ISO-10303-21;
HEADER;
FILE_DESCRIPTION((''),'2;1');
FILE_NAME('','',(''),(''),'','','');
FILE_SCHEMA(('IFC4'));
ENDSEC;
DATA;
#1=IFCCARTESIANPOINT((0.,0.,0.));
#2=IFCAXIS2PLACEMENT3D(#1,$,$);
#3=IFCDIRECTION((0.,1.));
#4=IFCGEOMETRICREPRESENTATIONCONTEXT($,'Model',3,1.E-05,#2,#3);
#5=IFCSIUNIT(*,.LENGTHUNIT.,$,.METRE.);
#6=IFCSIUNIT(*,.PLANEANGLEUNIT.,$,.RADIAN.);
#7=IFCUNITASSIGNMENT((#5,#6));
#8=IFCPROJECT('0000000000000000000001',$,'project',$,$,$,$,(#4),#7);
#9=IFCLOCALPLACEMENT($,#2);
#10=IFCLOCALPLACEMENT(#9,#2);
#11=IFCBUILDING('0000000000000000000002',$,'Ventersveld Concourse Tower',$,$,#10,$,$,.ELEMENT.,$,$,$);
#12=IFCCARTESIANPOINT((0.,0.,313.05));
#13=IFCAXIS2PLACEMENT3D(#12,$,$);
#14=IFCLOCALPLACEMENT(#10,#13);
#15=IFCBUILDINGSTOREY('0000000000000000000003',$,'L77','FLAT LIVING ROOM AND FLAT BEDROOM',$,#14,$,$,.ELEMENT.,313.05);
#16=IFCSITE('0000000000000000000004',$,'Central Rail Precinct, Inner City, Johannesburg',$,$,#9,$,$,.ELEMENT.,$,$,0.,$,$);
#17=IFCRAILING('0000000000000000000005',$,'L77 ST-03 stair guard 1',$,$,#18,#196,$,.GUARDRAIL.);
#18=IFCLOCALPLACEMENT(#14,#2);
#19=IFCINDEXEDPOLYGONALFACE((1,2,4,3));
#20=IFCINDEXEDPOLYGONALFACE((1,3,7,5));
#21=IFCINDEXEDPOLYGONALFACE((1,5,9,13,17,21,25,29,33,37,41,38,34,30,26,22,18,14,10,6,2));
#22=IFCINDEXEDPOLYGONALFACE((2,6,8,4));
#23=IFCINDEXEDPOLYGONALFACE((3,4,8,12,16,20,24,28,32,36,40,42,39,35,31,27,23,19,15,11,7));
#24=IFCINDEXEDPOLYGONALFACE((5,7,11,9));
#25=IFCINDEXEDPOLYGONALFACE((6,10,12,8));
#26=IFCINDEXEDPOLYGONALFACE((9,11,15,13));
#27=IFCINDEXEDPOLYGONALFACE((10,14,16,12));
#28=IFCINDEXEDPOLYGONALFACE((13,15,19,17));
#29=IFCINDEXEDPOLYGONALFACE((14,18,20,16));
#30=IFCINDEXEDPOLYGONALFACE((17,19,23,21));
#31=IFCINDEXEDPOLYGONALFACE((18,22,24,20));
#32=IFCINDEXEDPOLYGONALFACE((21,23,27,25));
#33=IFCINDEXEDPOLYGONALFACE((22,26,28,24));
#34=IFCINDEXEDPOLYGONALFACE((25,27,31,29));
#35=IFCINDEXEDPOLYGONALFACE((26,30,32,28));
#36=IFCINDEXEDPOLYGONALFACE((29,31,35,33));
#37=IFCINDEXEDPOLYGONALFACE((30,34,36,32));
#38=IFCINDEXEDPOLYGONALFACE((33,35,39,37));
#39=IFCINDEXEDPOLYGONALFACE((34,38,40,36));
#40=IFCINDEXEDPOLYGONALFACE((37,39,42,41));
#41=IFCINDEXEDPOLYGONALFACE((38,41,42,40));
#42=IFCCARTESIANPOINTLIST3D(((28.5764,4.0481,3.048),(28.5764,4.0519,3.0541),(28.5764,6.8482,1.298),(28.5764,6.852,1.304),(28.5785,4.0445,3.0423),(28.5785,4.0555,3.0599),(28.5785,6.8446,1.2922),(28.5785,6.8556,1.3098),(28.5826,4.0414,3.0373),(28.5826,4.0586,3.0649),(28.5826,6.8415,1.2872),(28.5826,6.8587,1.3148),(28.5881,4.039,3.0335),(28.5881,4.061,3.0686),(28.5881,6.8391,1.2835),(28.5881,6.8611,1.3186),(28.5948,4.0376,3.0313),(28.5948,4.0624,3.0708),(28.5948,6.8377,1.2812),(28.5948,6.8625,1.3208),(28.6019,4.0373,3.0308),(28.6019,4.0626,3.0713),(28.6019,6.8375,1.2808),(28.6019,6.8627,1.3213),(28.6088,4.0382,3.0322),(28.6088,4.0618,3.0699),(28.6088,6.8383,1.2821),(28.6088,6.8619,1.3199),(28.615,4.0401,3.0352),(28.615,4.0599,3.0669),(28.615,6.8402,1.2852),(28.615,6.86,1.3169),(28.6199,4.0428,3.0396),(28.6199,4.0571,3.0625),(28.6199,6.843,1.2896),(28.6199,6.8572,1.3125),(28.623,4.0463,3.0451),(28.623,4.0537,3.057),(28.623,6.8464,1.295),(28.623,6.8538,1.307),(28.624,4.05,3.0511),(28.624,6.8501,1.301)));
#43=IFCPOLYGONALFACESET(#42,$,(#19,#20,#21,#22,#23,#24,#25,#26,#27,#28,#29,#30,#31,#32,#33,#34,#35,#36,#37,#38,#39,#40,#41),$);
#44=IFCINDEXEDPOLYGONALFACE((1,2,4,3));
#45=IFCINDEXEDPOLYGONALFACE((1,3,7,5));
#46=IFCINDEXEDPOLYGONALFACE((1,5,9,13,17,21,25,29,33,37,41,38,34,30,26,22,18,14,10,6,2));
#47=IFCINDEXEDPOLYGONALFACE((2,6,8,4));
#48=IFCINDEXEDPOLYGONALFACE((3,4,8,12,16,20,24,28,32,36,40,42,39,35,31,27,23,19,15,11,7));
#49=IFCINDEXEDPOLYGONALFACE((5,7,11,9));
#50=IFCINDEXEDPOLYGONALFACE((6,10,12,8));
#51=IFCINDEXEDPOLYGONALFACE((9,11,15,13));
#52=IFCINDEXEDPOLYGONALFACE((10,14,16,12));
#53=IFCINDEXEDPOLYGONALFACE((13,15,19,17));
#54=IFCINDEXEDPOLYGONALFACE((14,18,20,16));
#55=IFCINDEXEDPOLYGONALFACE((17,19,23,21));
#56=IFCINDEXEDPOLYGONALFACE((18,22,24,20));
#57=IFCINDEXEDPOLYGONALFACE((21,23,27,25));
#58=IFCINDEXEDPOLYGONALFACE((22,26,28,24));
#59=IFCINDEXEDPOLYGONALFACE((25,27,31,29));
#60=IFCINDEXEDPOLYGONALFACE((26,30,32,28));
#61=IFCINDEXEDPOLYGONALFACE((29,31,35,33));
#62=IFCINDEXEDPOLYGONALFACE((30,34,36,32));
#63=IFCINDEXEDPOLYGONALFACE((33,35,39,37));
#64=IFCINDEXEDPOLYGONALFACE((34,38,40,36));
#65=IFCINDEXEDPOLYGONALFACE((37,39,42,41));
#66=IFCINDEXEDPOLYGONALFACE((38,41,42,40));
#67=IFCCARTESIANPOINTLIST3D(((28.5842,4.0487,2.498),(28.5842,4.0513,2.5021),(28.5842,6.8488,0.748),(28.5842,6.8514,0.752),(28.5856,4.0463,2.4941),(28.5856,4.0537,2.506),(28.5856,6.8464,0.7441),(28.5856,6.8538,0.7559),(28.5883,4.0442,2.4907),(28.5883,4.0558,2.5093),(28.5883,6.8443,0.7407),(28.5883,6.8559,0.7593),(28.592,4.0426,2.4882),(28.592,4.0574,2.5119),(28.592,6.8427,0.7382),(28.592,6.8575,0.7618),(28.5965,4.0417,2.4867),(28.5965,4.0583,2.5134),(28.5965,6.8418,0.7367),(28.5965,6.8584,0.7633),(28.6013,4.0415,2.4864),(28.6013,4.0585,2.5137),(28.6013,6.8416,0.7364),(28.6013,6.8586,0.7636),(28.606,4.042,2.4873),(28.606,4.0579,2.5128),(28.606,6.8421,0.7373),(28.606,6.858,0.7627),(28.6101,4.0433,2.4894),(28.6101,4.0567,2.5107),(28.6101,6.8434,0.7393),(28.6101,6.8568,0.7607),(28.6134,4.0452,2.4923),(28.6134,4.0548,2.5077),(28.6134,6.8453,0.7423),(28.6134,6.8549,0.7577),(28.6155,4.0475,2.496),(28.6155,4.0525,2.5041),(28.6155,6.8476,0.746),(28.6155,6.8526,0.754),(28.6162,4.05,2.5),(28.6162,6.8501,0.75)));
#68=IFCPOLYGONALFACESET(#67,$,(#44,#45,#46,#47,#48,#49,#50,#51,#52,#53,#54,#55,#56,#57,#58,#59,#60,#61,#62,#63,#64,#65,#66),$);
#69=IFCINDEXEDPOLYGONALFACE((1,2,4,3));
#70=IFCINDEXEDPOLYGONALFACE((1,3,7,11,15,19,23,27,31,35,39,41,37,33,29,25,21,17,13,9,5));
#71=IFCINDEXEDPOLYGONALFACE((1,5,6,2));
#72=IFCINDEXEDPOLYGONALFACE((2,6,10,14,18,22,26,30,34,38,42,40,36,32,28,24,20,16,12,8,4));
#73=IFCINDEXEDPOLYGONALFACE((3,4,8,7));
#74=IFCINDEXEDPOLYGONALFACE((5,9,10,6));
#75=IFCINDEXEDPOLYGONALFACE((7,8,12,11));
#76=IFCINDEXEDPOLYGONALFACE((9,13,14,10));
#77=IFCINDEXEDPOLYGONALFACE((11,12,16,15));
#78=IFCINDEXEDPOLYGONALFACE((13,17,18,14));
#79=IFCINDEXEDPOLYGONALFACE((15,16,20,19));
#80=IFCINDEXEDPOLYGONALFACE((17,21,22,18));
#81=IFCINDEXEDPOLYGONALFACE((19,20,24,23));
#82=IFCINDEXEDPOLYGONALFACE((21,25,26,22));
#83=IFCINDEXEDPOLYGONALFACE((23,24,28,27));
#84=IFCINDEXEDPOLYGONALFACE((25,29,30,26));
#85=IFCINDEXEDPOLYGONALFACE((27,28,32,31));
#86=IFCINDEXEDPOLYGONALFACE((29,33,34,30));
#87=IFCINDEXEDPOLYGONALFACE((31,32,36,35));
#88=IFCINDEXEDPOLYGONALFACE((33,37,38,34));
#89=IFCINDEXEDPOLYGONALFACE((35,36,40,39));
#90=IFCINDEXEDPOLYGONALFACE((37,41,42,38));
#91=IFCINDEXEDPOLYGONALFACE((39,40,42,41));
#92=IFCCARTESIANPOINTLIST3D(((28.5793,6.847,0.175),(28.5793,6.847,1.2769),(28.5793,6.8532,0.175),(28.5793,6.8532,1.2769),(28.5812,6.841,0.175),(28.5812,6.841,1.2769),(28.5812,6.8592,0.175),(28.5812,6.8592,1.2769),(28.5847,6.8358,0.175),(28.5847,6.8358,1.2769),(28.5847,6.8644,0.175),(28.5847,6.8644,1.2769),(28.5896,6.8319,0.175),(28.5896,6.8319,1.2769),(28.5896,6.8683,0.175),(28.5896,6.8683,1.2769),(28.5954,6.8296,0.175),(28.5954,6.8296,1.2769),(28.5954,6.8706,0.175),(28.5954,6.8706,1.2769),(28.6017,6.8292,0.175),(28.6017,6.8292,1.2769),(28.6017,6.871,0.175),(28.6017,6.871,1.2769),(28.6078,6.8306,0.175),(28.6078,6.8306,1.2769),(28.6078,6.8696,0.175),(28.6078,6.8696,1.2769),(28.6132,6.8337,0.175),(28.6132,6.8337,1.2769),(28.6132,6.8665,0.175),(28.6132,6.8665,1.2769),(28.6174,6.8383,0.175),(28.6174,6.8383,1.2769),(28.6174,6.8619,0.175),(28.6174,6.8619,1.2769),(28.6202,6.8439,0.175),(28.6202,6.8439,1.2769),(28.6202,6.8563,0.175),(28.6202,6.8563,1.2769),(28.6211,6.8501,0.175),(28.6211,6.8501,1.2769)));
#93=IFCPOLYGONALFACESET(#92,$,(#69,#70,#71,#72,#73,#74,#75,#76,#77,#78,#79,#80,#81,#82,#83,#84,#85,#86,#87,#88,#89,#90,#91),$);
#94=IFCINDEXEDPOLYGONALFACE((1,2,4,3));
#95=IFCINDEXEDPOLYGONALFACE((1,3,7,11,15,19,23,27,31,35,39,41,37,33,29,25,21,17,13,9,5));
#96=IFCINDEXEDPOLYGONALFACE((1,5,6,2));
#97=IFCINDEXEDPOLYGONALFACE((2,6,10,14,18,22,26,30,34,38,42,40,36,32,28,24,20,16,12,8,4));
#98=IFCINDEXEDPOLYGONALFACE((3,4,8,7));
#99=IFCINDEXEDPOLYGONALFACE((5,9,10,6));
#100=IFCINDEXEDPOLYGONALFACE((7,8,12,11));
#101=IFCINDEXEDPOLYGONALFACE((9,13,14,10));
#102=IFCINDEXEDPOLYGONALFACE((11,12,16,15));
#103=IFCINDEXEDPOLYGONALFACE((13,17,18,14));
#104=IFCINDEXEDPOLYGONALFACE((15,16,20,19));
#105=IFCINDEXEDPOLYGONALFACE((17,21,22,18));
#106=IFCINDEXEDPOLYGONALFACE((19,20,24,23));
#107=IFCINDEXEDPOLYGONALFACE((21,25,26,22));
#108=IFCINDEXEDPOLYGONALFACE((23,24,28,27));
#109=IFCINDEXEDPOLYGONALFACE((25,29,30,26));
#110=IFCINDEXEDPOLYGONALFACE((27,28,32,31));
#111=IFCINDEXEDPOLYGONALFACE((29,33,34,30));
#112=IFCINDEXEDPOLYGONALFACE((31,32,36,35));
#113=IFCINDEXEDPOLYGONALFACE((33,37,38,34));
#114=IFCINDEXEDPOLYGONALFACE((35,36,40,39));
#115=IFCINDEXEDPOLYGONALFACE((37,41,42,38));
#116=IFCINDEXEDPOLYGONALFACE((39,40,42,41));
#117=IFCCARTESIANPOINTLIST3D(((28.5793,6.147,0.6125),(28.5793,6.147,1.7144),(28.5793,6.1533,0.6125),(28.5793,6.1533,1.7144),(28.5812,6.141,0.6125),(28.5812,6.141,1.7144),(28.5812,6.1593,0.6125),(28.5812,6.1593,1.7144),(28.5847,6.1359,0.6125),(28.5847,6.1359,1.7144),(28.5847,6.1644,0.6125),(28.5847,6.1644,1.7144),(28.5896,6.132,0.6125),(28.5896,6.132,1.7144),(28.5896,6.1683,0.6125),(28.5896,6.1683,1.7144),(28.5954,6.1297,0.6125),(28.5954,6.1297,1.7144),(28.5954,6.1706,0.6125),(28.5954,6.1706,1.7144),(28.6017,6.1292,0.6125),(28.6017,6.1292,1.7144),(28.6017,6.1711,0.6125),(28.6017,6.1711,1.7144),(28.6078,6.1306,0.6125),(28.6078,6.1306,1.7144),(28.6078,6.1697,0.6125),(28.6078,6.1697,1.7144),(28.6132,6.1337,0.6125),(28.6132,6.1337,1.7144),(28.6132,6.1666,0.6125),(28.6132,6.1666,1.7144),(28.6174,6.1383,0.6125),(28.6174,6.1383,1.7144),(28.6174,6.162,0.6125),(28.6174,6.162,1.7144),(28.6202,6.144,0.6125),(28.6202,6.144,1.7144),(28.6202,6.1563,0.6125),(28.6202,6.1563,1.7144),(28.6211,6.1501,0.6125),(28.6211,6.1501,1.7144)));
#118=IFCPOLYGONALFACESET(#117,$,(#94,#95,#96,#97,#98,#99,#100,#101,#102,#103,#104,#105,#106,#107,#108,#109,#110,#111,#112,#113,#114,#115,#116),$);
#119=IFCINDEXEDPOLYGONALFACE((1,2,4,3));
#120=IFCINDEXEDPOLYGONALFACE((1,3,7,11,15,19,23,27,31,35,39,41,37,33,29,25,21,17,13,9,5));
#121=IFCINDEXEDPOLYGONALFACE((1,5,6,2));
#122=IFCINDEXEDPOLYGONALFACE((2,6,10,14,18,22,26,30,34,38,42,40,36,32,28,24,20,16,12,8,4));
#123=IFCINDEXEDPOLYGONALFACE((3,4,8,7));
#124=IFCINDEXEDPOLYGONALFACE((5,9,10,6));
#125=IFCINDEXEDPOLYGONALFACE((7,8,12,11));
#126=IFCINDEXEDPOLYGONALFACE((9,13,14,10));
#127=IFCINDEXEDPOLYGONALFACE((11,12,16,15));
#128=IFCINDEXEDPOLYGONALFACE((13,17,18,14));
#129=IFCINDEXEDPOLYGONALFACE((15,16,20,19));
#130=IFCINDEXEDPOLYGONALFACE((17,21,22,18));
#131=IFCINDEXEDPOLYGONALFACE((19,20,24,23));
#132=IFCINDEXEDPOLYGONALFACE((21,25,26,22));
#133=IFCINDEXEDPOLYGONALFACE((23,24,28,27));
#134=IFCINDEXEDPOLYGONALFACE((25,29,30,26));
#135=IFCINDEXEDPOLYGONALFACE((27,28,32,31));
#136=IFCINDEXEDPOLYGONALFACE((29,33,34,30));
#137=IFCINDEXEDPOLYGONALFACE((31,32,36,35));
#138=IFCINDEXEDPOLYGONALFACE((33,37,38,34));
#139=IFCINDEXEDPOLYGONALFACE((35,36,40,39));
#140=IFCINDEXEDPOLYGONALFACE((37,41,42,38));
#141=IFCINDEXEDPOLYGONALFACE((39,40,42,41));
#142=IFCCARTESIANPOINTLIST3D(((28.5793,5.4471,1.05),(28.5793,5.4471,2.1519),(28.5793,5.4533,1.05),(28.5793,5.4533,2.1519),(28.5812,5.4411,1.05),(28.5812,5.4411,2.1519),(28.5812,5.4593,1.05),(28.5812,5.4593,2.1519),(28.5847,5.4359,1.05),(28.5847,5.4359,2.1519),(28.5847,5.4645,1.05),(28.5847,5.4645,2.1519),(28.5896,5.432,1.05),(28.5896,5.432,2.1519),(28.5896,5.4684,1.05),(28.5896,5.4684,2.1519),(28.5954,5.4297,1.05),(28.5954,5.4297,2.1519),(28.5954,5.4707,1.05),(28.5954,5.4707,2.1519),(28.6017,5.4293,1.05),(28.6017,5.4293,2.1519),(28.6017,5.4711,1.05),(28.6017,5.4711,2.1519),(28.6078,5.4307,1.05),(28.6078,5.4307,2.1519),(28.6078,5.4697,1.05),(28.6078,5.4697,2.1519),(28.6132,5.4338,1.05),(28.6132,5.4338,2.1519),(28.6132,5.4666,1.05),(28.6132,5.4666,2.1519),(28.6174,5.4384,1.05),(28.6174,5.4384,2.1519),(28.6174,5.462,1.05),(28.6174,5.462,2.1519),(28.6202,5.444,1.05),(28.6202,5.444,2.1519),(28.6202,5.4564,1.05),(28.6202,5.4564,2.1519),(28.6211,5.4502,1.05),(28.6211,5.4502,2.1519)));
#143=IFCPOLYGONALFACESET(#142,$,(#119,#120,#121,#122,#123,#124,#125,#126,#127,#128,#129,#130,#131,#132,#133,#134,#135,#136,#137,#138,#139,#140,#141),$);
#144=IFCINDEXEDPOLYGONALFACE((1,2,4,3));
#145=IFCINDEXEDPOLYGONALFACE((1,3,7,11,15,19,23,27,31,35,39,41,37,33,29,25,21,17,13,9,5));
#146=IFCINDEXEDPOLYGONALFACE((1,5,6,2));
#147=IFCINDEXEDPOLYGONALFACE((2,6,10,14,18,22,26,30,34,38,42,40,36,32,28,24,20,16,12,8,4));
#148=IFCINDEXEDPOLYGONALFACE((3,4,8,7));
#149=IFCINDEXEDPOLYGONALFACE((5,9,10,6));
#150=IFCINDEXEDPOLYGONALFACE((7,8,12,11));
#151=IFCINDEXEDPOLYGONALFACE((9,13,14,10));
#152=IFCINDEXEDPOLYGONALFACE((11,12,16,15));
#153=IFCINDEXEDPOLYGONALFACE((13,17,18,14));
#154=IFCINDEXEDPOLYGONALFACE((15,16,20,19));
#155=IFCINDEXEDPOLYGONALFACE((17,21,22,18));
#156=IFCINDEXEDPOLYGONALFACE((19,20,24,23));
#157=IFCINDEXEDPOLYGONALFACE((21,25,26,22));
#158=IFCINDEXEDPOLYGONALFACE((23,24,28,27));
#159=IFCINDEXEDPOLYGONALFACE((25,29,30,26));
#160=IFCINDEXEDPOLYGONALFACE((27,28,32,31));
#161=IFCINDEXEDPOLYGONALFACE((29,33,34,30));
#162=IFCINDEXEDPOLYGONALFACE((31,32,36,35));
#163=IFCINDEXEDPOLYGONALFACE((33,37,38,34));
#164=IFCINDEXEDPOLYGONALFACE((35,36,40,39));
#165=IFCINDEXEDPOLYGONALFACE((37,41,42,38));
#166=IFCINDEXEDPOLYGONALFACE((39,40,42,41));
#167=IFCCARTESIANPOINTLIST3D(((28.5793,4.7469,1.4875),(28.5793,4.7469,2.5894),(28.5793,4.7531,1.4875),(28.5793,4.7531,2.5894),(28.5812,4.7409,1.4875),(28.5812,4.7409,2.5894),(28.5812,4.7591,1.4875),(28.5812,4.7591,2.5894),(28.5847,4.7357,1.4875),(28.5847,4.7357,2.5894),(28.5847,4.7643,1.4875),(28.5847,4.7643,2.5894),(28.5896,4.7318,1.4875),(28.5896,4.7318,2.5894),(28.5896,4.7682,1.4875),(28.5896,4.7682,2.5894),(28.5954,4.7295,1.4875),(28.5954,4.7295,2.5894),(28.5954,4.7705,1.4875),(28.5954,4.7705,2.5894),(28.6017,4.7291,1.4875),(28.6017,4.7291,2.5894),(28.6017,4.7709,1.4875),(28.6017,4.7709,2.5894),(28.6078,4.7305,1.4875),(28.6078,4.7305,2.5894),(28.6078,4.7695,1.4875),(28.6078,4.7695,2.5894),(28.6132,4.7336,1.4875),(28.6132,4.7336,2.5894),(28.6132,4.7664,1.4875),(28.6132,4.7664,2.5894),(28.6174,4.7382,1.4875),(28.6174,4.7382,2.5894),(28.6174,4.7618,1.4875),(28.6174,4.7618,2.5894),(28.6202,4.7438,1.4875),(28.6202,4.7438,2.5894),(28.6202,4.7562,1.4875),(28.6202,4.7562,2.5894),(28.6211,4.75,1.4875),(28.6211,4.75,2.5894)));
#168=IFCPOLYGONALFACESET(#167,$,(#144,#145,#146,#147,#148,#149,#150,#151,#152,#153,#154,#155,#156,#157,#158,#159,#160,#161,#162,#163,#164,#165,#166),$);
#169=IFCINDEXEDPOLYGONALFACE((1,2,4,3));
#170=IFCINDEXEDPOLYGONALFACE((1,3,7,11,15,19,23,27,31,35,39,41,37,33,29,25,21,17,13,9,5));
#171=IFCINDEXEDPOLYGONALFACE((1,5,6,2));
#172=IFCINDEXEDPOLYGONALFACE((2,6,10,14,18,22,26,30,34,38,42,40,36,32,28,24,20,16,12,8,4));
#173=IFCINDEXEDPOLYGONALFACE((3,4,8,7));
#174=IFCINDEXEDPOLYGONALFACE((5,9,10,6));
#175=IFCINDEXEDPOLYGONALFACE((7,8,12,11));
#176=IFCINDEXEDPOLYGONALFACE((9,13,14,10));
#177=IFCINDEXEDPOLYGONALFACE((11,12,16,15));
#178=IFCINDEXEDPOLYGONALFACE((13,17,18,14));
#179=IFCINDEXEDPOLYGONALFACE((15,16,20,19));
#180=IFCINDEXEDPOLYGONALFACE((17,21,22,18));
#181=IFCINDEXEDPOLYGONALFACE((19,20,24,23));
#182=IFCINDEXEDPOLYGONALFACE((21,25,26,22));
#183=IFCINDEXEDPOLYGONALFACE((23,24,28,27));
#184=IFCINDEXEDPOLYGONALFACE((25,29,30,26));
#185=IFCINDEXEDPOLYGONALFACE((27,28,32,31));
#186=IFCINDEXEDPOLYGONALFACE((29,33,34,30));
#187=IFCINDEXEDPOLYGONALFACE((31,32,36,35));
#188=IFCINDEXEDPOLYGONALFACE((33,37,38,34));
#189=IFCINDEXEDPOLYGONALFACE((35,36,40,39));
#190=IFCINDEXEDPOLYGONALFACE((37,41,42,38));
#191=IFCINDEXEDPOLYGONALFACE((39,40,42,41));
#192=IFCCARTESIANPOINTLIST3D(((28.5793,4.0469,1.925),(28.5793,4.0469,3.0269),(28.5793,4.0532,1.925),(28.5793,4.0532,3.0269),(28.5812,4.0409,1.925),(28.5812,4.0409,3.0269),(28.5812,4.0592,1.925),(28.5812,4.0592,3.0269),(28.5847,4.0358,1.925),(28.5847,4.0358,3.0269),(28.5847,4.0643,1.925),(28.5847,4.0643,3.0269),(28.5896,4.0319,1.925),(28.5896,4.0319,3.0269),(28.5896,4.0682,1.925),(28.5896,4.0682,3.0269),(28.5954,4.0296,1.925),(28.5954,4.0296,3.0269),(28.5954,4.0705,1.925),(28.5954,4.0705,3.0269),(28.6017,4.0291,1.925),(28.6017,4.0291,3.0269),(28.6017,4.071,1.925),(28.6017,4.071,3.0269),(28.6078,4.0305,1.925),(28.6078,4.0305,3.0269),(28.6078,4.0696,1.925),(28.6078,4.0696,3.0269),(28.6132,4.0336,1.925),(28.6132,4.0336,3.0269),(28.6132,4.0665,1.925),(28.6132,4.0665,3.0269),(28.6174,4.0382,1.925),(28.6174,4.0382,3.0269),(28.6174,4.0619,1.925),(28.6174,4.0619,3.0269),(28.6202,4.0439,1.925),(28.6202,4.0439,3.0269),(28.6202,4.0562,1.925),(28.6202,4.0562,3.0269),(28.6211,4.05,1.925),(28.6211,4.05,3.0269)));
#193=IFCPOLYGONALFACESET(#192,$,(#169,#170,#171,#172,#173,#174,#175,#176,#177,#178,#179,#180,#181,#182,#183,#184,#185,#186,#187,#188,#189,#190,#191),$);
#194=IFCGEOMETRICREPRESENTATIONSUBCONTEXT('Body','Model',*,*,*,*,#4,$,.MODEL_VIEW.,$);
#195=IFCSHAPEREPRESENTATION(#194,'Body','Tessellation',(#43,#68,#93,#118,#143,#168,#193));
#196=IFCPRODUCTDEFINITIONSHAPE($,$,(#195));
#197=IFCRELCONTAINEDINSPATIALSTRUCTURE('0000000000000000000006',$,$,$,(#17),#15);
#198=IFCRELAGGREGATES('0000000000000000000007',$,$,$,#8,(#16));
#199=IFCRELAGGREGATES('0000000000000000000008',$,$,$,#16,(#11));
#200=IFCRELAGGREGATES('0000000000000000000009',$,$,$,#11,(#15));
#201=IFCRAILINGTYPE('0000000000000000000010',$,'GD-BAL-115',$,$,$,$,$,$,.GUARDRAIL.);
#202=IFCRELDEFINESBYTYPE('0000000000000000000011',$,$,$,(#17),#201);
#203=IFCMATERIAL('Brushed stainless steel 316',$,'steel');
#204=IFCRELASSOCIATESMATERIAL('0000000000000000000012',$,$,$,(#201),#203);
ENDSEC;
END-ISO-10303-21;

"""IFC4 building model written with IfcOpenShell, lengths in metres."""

from ifc_helpers import new_model, si_unit, direction, frame, origin, origin_2d, place, context, subcontext, project, spatial, circle, extrude, material, type_object, element, save


model = new_model("IFC4")

# Units and contexts
model_context = context("Model", 3, precision=1e-05, world=origin(), true_north=direction((0.0, 1.0)))
body_context = subcontext(model_context, "Body", "Model", "MODEL_VIEW")
ifc_project = project(units=[si_unit("LENGTHUNIT", "METRE"), si_unit("PLANEANGLEUNIT", "RADIAN")], contexts=[model_context])

# Site, building, storey
site_placement = place(None, origin())
site = spatial("IfcSite", under=ifc_project, at=site_placement, Name="Central Rail Precinct, Inner City, Johannesburg", CompositionType="ELEMENT", RefElevation=0.0)
building_placement = place(site_placement, origin())
building = spatial("IfcBuilding", under=site, at=building_placement, Name="Ventersveld Concourse Tower", CompositionType="ELEMENT")
storey_placement = place(building_placement, frame((0.0, 0.0, 313.05)))
storey = spatial("IfcBuildingStorey", under=building, at=storey_placement, Name="L77", Description="FLAT LIVING ROOM AND FLAT BEDROOM", CompositionType="ELEMENT", Elevation=313.05)

# Shared definitions
ifc_material_1 = material(Name="Brushed stainless steel 316", Category="steel")

# Railing
railing_type_1 = type_object("IfcRailingType", Name="GD-BAL-115", PredefinedType="GUARDRAIL", material=ifc_material_1)
railing_1_placement = place(storey_placement, frame((28.6001, 6.8501, 0.175)))
element("IfcRailing", 1, at=railing_1_placement, inside=storey, type_object=railing_type_1, Name="L77 ST-03 stair guard 1", PredefinedType="GUARDRAIL", context=body_context, shape_type="SweptSolid", body=[
    extrude(circle(Radius=0.0239, at=origin_2d()), frame((0.0, 0.0, 1.126), z_axis=(0.0, -0.848002, 0.529992), x_axis=(1.0, 0.0, 0.0)), (0.0, 0.0, 1.0), 3.302),
    extrude(circle(Radius=0.0161, at=origin_2d()), frame((0.0, 0.0, 0.575), z_axis=(0.0, -0.848002, 0.529992), x_axis=(1.0, 0.0, 0.0)), (0.0, 0.0, 1.0), 3.302),
    extrude(circle(Radius=0.021, at=origin_2d()), origin(), (0.0, 0.0, 1.0), 1.1018),
    extrude(circle(Radius=0.021, at=origin_2d()), frame((0.0, -0.7, 0.4375)), (0.0, 0.0, 1.0), 1.1018),
    extrude(circle(Radius=0.021, at=origin_2d()), frame((0.0, -1.3999, 0.875)), (0.0, 0.0, 1.0), 1.1018),
    extrude(circle(Radius=0.021, at=origin_2d()), frame((0.0, -2.1001, 1.3125)), (0.0, 0.0, 1.0), 1.1018),
    extrude(circle(Radius=0.021, at=origin_2d()), frame((0.0, -2.8, 1.75)), (0.0, 0.0, 1.0), 1.1018),
])

save(model, "model.ifc")
